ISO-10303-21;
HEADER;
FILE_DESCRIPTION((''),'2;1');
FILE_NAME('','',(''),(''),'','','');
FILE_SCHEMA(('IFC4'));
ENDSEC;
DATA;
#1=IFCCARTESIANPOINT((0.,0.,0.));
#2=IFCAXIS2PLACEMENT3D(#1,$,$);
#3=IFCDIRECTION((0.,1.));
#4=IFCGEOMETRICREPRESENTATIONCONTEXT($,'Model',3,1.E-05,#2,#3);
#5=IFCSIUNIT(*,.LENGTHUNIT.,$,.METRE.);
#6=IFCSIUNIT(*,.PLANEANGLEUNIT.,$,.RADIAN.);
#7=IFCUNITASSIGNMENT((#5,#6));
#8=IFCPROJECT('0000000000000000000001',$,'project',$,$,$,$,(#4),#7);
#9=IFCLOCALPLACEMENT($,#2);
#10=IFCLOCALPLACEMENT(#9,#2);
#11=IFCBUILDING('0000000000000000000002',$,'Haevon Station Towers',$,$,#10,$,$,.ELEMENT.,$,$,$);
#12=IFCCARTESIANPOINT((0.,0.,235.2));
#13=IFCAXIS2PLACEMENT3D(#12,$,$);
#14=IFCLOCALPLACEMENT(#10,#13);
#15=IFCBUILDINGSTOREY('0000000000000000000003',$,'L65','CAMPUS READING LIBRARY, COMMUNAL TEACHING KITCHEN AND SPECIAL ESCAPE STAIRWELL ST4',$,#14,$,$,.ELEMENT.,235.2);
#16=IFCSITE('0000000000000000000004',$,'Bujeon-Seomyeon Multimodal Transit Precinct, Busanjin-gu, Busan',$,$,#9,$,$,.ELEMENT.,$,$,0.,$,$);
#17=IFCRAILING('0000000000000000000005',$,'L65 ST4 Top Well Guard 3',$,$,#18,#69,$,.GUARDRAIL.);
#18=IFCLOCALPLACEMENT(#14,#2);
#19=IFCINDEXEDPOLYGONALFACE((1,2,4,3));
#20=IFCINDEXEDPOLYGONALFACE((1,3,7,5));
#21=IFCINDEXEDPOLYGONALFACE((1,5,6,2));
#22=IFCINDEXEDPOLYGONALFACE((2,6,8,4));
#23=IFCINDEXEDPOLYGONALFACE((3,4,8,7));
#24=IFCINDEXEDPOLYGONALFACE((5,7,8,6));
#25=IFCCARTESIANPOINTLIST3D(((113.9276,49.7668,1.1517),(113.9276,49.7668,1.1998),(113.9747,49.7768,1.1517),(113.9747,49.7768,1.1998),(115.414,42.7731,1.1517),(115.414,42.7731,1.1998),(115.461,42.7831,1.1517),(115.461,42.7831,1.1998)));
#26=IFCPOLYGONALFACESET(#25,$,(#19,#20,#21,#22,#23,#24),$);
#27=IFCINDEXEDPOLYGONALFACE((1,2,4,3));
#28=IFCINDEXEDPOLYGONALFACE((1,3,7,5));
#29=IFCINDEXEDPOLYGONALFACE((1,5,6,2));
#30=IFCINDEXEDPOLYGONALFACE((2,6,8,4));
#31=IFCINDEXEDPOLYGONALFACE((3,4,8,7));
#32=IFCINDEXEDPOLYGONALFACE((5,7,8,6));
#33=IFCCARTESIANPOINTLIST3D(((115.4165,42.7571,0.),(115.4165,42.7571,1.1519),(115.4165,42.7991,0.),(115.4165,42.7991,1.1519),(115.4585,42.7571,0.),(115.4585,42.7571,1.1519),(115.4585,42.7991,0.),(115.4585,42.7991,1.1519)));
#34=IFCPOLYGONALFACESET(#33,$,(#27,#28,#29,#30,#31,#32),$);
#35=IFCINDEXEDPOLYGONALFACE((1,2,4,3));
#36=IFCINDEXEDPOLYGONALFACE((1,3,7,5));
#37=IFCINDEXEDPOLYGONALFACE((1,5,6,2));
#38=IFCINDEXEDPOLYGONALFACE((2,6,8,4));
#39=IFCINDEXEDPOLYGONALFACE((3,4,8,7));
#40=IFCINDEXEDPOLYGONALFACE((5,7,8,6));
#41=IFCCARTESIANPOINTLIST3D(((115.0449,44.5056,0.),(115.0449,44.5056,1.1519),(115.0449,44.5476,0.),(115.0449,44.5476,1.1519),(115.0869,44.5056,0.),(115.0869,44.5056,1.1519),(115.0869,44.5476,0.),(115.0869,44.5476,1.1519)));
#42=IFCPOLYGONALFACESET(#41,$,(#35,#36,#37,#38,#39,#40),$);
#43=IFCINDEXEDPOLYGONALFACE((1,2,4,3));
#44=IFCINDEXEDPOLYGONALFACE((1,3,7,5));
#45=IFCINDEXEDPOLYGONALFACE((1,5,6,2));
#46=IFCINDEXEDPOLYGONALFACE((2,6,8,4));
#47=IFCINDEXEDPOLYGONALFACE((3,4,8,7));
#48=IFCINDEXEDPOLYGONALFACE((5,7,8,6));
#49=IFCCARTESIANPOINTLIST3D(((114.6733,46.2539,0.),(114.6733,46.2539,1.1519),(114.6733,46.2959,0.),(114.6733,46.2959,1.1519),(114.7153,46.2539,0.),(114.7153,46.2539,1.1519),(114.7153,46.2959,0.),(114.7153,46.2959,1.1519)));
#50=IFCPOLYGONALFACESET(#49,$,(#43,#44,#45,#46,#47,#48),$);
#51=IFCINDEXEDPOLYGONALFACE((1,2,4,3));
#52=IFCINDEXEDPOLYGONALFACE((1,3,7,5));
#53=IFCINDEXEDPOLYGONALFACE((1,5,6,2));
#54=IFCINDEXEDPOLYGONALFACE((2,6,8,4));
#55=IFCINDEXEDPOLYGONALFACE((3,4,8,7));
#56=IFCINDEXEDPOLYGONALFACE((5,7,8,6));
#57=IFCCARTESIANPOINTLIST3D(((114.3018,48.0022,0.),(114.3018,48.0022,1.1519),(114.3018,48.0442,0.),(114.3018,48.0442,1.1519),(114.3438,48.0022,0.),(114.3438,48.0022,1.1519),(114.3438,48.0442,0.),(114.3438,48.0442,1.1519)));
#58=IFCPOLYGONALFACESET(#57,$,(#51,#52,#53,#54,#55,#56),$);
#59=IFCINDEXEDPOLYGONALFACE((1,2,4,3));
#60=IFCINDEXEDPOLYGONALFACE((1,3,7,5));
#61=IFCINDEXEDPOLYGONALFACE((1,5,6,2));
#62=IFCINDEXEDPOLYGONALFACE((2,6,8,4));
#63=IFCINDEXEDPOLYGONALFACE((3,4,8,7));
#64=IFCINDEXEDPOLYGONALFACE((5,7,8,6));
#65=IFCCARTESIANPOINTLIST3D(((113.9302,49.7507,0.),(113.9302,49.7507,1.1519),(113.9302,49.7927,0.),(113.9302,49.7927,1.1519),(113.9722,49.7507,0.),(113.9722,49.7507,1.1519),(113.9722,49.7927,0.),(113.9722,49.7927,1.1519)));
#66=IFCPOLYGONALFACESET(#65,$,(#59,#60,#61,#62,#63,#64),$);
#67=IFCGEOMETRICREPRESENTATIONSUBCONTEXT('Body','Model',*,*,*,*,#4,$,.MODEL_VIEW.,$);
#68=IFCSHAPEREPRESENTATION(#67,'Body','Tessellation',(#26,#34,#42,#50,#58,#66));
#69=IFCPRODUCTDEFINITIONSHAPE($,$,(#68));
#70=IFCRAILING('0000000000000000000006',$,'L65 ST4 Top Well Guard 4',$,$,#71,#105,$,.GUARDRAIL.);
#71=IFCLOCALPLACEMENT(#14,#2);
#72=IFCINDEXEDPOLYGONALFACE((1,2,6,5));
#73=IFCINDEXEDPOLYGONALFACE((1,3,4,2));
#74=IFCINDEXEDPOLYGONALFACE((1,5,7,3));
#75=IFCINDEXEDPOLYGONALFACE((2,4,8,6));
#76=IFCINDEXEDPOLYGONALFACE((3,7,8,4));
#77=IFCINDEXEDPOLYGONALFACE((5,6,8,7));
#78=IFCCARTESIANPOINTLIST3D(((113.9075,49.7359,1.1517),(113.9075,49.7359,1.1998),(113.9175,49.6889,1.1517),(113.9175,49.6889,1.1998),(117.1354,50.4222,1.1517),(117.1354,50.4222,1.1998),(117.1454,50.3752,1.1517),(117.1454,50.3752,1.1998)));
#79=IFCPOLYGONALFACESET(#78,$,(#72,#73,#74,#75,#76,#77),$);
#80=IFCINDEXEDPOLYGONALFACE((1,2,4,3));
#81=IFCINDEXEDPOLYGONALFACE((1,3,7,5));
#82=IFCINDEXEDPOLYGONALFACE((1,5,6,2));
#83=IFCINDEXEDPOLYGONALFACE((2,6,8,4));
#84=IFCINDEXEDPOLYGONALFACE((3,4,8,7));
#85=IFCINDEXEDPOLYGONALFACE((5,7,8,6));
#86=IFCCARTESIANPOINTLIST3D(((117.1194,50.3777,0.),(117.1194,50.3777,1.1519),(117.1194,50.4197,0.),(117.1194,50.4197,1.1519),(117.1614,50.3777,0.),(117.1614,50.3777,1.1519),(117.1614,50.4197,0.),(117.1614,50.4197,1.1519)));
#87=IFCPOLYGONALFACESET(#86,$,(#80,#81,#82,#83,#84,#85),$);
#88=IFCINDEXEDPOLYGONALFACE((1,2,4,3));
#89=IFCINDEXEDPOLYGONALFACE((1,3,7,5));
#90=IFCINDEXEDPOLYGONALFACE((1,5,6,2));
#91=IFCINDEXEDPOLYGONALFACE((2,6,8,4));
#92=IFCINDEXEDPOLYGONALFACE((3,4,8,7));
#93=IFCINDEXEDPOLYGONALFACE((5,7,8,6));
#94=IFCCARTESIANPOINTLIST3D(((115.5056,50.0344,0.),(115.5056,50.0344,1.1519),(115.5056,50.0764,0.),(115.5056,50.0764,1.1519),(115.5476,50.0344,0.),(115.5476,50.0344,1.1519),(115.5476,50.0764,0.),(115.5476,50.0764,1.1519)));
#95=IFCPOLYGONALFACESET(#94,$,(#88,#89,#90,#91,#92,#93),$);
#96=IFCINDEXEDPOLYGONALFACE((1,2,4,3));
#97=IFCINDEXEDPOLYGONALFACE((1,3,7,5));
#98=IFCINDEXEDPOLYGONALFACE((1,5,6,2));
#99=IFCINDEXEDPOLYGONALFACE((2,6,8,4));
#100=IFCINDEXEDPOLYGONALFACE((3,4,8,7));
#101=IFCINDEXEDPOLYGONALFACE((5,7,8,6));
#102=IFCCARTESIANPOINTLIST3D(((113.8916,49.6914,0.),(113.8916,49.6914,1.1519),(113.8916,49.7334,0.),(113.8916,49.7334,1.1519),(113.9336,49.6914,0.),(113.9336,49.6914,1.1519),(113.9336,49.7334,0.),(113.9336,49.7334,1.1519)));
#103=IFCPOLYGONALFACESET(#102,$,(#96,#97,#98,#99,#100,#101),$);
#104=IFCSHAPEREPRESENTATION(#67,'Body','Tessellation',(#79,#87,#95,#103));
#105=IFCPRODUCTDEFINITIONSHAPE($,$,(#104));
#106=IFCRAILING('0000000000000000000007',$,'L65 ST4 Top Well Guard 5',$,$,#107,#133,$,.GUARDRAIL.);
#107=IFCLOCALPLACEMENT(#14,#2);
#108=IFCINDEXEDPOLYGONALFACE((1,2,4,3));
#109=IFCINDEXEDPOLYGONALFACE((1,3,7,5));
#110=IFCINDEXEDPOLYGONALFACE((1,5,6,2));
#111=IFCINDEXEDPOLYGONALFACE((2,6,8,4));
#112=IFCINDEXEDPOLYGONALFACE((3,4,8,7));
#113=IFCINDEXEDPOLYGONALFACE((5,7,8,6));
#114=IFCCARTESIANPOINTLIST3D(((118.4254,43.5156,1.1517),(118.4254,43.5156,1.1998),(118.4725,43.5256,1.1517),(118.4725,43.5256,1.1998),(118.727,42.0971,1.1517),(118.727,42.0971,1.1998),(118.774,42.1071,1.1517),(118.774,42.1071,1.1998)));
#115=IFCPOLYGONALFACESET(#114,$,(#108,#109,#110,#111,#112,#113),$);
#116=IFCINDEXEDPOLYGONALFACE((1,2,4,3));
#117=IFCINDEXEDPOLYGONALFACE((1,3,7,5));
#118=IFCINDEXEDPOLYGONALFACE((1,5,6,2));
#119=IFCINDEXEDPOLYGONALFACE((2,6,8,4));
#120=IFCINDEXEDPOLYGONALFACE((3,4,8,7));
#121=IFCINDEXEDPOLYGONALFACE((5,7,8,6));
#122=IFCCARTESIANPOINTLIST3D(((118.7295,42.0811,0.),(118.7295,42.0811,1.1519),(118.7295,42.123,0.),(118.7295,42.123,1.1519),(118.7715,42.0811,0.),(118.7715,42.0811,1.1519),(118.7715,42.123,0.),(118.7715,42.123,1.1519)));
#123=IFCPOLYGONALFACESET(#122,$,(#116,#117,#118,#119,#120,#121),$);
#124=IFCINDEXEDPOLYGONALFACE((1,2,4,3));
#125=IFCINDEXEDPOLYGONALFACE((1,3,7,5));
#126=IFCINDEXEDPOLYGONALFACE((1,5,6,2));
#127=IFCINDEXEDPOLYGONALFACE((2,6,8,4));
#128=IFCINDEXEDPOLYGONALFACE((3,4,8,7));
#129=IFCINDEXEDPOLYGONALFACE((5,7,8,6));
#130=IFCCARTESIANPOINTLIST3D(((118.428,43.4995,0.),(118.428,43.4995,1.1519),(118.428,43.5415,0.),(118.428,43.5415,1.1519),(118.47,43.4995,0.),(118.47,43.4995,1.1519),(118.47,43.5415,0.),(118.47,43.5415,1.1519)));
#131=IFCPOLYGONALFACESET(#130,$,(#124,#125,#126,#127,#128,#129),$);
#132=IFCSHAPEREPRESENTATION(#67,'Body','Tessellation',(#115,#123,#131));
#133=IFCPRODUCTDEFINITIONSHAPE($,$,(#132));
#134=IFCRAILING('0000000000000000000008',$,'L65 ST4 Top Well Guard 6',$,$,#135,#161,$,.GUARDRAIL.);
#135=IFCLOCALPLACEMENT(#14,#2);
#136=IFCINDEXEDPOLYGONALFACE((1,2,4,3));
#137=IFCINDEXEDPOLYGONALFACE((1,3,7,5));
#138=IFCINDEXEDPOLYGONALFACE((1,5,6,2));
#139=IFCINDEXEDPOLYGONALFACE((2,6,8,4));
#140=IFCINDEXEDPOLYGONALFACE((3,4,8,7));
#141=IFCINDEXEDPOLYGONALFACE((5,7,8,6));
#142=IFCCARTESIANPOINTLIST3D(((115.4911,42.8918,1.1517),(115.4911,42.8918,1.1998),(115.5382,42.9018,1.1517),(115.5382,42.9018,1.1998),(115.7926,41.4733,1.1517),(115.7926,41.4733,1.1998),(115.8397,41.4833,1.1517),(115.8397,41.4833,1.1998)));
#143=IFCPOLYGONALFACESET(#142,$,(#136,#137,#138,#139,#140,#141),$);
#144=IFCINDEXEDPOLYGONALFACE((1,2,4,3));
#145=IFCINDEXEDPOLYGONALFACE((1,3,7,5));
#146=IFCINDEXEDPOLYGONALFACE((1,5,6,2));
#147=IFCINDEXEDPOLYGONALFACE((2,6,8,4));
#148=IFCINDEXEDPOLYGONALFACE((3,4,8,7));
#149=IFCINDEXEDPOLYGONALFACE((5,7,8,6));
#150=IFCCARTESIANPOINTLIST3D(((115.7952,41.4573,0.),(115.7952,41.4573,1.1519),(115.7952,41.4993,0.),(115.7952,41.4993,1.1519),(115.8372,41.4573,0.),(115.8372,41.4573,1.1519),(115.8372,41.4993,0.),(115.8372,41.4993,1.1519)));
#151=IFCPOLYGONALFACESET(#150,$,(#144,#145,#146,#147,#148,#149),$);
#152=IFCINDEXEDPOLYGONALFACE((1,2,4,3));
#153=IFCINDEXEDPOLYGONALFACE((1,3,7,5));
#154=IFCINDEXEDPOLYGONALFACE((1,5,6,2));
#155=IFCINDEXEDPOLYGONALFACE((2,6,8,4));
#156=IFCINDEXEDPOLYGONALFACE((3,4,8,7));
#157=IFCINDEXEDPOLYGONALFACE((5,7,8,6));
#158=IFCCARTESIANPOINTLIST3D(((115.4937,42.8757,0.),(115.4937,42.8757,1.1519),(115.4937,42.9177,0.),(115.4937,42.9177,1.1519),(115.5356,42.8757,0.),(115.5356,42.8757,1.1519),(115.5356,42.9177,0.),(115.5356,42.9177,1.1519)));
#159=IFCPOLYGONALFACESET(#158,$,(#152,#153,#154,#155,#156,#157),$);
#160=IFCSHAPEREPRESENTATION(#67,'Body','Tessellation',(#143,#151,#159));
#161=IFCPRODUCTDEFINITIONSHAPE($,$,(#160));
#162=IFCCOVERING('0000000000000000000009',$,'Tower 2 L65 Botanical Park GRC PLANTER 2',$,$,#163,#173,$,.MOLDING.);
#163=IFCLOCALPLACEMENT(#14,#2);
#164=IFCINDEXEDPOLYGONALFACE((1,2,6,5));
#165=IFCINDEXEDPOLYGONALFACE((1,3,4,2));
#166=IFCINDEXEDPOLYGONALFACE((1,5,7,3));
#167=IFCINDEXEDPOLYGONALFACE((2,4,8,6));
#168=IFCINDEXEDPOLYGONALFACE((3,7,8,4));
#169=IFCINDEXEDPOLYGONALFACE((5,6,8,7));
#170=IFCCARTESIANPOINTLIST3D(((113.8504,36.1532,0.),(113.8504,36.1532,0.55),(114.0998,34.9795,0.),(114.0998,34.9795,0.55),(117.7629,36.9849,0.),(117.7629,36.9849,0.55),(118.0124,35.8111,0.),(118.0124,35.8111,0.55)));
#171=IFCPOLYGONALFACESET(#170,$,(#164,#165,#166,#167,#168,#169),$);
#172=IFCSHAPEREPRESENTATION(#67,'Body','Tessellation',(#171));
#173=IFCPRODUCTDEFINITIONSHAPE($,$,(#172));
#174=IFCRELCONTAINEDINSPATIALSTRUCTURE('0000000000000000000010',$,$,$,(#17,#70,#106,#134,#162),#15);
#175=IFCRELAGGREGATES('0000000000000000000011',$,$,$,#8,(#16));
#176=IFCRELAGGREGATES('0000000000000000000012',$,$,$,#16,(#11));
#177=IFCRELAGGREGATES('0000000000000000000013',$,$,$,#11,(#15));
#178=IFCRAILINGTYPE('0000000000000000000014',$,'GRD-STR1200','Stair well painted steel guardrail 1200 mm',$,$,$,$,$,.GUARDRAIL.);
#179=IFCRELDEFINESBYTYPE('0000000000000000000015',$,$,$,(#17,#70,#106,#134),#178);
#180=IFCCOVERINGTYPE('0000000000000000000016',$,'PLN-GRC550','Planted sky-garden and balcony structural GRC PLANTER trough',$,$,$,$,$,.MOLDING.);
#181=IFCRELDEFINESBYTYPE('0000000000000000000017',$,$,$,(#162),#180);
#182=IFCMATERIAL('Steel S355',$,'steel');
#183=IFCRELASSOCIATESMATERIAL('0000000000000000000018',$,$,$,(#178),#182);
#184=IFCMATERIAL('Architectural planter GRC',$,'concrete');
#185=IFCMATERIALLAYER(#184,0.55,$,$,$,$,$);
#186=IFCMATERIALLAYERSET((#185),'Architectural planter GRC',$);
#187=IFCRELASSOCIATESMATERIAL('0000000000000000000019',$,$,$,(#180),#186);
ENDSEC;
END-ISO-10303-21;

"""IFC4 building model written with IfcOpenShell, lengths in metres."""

from ifc_helpers import new_model, si_unit, direction, frame, origin, origin_2d, place, context, subcontext, project, spatial, rectangle, extrude, material, layer, layer_set, type_object, element, save


model = new_model("IFC4")

# Units and contexts
model_context = context("Model", 3, precision=1e-05, world=origin(), true_north=direction((0.0, 1.0)))
body_context = subcontext(model_context, "Body", "Model", "MODEL_VIEW")
ifc_project = project(units=[si_unit("LENGTHUNIT", "METRE"), si_unit("PLANEANGLEUNIT", "RADIAN")], contexts=[model_context])

# Site, building, storey
site_placement = place(None, origin())
site = spatial("IfcSite", under=ifc_project, at=site_placement, Name="Bujeon-Seomyeon Multimodal Transit Precinct, Busanjin-gu, Busan", CompositionType="ELEMENT", RefElevation=0.0)
building_placement = place(site_placement, origin())
building = spatial("IfcBuilding", under=site, at=building_placement, Name="Haevon Station Towers", CompositionType="ELEMENT")
storey_placement = place(building_placement, frame((0.0, 0.0, 235.2)))
storey = spatial("IfcBuildingStorey", under=building, at=storey_placement, Name="L65", Description="CAMPUS READING LIBRARY, COMMUNAL TEACHING KITCHEN AND SPECIAL ESCAPE STAIRWELL ST4", CompositionType="ELEMENT", Elevation=235.2)

# Shared definitions
ifc_material_1 = material(Name="Steel S355", Category="steel")

# Railings
railing_type_1 = type_object("IfcRailingType", Name="GRD-STR1200", Description="Stair well painted steel guardrail 1200 mm", PredefinedType="GUARDRAIL", material=ifc_material_1)
railing_1_placement = place(storey_placement, frame((115.4375, 42.7781, 0.0)))
element("IfcRailing", 1, at=railing_1_placement, inside=storey, type_object=railing_type_1, Name="L65 ST4 Top Well Guard 3", PredefinedType="GUARDRAIL", context=body_context, shape_type="SweptSolid", body=[
    extrude(rectangle(XDim=0.0481, YDim=0.0481, at=origin_2d()), frame((0.0, 0.0, 1.1758), z_axis=(-0.207882, 0.978154, 0.0), x_axis=(-0.978154, -0.207882, 0.0)), (0.0, 0.0, 1.0), 7.1499),
    extrude(rectangle(XDim=0.042, YDim=0.042, at=origin_2d()), origin(), (0.0, 0.0, 1.0), 1.1519),
    extrude(rectangle(XDim=0.042, YDim=0.042, at=origin_2d()), frame((-0.3716, 1.7485, 0.0)), (0.0, 0.0, 1.0), 1.1519),
    extrude(rectangle(XDim=0.042, YDim=0.042, at=origin_2d()), frame((-0.7432, 3.4968, 0.0)), (0.0, 0.0, 1.0), 1.1519),
    extrude(rectangle(XDim=0.042, YDim=0.042, at=origin_2d()), frame((-1.1147, 5.2451, 0.0)), (0.0, 0.0, 1.0), 1.1519),
    extrude(rectangle(XDim=0.042, YDim=0.042, at=origin_2d()), frame((-1.4863, 6.9937, 0.0)), (0.0, 0.0, 1.0), 1.1519),
])
railing_2_placement = place(storey_placement, frame((117.1404, 50.3987, 0.0)))
element("IfcRailing", 2, at=railing_2_placement, inside=storey, type_object=railing_type_1, Name="L65 ST4 Top Well Guard 4", PredefinedType="GUARDRAIL", context=body_context, shape_type="SweptSolid", body=[
    extrude(rectangle(XDim=0.0481, YDim=0.0481, at=origin_2d()), frame((0.0, 0.0, 1.1758), z_axis=(-0.978136, -0.207968, 0.0), x_axis=(0.207968, -0.978136, 0.0)), (0.0, 0.0, 1.0), 3.3),
    extrude(rectangle(XDim=0.042, YDim=0.042, at=origin_2d()), origin(), (0.0, 0.0, 1.0), 1.1519),
    extrude(rectangle(XDim=0.042, YDim=0.042, at=origin_2d()), frame((-1.6138, -0.3433, 0.0)), (0.0, 0.0, 1.0), 1.1519),
    extrude(rectangle(XDim=0.042, YDim=0.042, at=origin_2d()), frame((-3.2278, -0.6863, 0.0)), (0.0, 0.0, 1.0), 1.1519),
])
for number, where, name in (
    (3, (118.7505, 42.1021, 0.0), "L65 ST4 Top Well Guard 5"),
    (4, (115.8162, 41.4783, 0.0), "L65 ST4 Top Well Guard 6"),
):
    element("IfcRailing", number, at=place(storey_placement, frame(where)), inside=storey, type_object=railing_type_1, Name=name, PredefinedType="GUARDRAIL", context=body_context, shape_type="SweptSolid", body=[
        extrude(rectangle(XDim=0.0481, YDim=0.0481, at=origin_2d()), frame((0.0, 0.0, 1.1758), z_axis=(-0.207919, 0.978146, 0.0), x_axis=(-0.978146, -0.207919, 0.0)), (0.0, 0.0, 1.0), 1.4502),
        extrude(rectangle(XDim=0.042, YDim=0.042, at=origin_2d()), origin(), (0.0, 0.0, 1.0), 1.1519),
        extrude(rectangle(XDim=0.042, YDim=0.042, at=origin_2d()), frame((-0.3015, 1.4185, 0.0)), (0.0, 0.0, 1.0), 1.1519),
    ])

# Covering
ifc_material_2 = material(Name="Architectural planter GRC", Category="concrete")
ifc_layer_1 = layer(ifc_material_2, 0.55)
ifc_layer_set_1 = layer_set([ifc_layer_1], Name="Architectural planter GRC")
covering_type = type_object("IfcCoveringType", Name="PLN-GRC550", Description="Planted sky-garden and balcony structural GRC PLANTER trough", PredefinedType="MOLDING", material=ifc_layer_set_1)
covering_placement = place(storey_placement, frame((115.9314, 35.9822, 0.0), z_axis=(0.0, 0.0, 1.0), x_axis=(0.978148, 0.207912, 0.0)))
element("IfcCovering", 5, at=covering_placement, inside=storey, type_object=covering_type, Name="Tower 2 L65 Botanical Park GRC PLANTER 2", PredefinedType="MOLDING", context=body_context, shape_type="SweptSolid", body=[
    extrude(rectangle(XDim=4.0, YDim=1.2, at=origin_2d()), origin(), (0.0, 0.0, 1.0), 0.55),
])

save(model, "model.ifc")
